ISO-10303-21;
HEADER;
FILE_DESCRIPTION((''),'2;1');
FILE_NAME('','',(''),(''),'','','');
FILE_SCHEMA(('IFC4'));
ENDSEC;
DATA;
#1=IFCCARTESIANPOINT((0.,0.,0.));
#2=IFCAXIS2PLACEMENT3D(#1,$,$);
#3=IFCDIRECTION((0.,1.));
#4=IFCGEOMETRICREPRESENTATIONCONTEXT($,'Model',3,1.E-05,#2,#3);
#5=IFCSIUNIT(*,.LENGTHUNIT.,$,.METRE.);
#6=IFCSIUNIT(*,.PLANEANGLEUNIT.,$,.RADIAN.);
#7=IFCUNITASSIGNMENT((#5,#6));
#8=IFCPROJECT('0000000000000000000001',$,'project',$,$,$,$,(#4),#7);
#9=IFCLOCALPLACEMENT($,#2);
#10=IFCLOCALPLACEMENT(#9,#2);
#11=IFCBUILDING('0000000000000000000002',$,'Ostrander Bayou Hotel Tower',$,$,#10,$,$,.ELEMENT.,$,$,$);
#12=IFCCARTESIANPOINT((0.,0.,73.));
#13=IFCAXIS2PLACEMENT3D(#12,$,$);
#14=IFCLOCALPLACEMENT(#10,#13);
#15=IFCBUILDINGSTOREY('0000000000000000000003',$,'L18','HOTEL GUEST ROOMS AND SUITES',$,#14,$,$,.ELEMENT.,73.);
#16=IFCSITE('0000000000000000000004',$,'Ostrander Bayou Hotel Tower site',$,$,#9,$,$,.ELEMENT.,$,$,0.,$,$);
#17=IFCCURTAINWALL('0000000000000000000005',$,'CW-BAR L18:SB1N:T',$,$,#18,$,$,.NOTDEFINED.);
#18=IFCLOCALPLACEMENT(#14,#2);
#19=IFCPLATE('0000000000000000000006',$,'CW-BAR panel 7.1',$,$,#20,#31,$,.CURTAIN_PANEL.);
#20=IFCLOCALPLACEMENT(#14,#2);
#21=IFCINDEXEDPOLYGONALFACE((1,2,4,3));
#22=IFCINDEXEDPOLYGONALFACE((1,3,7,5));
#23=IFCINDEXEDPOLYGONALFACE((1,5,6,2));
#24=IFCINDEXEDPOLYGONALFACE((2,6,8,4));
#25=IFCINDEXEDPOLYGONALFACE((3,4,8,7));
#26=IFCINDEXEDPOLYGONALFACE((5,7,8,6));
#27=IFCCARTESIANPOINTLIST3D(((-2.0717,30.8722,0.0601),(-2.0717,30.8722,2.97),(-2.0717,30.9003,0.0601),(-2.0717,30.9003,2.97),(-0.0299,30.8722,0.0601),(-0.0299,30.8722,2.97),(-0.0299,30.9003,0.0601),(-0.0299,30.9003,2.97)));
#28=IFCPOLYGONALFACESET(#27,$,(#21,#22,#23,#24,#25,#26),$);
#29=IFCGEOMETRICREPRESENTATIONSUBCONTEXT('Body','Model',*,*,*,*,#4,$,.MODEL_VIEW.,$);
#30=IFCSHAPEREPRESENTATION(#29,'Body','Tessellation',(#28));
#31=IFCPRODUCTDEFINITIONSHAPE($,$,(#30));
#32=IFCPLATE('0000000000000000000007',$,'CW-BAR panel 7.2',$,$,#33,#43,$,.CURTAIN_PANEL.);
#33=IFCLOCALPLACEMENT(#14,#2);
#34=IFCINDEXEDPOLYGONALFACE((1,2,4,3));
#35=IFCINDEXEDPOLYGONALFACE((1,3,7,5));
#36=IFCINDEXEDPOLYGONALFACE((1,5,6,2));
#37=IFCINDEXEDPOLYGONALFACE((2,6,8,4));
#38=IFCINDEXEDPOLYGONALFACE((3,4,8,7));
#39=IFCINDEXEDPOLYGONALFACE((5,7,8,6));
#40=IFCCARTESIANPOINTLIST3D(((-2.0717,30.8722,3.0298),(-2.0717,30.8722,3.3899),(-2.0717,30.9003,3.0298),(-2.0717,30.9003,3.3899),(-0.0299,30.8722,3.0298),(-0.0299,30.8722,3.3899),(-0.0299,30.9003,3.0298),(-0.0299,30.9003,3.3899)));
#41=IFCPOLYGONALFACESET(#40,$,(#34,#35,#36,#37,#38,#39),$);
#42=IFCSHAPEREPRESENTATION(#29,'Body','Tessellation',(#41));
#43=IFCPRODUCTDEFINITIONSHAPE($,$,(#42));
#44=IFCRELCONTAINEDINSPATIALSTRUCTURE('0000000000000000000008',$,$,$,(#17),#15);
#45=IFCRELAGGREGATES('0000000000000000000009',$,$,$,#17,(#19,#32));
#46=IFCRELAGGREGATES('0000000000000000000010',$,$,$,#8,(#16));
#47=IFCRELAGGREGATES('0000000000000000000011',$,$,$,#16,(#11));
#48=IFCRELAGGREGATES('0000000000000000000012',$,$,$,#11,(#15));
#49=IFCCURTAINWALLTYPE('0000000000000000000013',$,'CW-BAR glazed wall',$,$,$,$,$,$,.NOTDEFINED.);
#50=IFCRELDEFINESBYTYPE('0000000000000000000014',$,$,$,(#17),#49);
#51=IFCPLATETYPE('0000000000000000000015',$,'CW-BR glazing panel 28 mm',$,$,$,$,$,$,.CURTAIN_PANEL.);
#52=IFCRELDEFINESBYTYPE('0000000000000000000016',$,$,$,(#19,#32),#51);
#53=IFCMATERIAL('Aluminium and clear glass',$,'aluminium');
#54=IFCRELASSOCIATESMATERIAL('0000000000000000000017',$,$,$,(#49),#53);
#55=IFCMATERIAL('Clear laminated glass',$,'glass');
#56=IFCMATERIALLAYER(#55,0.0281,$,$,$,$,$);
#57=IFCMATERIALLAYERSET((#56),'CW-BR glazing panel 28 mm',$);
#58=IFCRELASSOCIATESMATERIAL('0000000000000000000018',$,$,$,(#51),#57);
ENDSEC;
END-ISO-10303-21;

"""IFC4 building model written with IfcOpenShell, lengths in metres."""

from ifc_helpers import new_model, si_unit, direction, frame, origin, origin_2d, place, context, subcontext, project, spatial, rectangle, extrude, material, layer, layer_set, type_object, element, aggregate, save


model = new_model("IFC4")

# Units and contexts
model_context = context("Model", 3, precision=1e-05, world=origin(), true_north=direction((0.0, 1.0)))
body_context = subcontext(model_context, "Body", "Model", "MODEL_VIEW")
ifc_project = project(units=[si_unit("LENGTHUNIT", "METRE"), si_unit("PLANEANGLEUNIT", "RADIAN")], contexts=[model_context])

# Site, building, storey
site_placement = place(None, origin())
site = spatial("IfcSite", under=ifc_project, at=site_placement, Name="Ostrander Bayou Hotel Tower site", CompositionType="ELEMENT", RefElevation=0.0)
building_placement = place(site_placement, origin())
building = spatial("IfcBuilding", under=site, at=building_placement, Name="Ostrander Bayou Hotel Tower", CompositionType="ELEMENT")
storey_placement = place(building_placement, frame((0.0, 0.0, 73.0)))
storey = spatial("IfcBuildingStorey", under=building, at=storey_placement, Name="L18", Description="HOTEL GUEST ROOMS AND SUITES", CompositionType="ELEMENT", Elevation=73.0)

# Curtain wall, plates
ifc_material_1 = material(Name="Aluminium and clear glass", Category="aluminium")
curtain_wall_type = type_object("IfcCurtainWallType", Name="CW-BAR glazed wall", PredefinedType="NOTDEFINED", material=ifc_material_1)
curtain_wall_placement = place(storey_placement, origin())
curtain_wall = element("IfcCurtainWall", 1, at=curtain_wall_placement, inside=storey, type_object=curtain_wall_type, Name="CW-BAR L18:SB1N:T", PredefinedType="NOTDEFINED")
ifc_material_2 = material(Name="Clear laminated glass", Category="glass")
ifc_layer = layer(ifc_material_2, 0.0281)
ifc_layer_set = layer_set([ifc_layer], Name="CW-BR glazing panel 28 mm")
plate_type = type_object("IfcPlateType", Name="CW-BR glazing panel 28 mm", PredefinedType="CURTAIN_PANEL", material=ifc_layer_set)
plate_1_placement = place(storey_placement, frame((-1.0508, 30.8862, 0.0601), z_axis=(0.0, 0.0, 1.0), x_axis=(1.0, 0.0, 0.0)))
plate_1 = element("IfcPlate", 2, at=plate_1_placement, type_object=plate_type, Name="CW-BAR panel 7.1", PredefinedType="CURTAIN_PANEL", context=body_context, shape_type="SweptSolid", body=[
    extrude(rectangle(XDim=2.0417, YDim=0.0281, at=origin_2d()), origin(), (0.0, 0.0, 1.0), 2.9099),
])
plate_2_placement = place(storey_placement, frame((-1.0508, 30.8862, 3.0298), z_axis=(0.0, 0.0, 1.0), x_axis=(1.0, 0.0, 0.0)))
plate_2 = element("IfcPlate", 3, at=plate_2_placement, type_object=plate_type, Name="CW-BAR panel 7.2", PredefinedType="CURTAIN_PANEL", context=body_context, shape_type="SweptSolid", body=[
    extrude(rectangle(XDim=2.0417, YDim=0.0281, at=origin_2d()), origin(), (0.0, 0.0, 1.0), 0.3601),
])
aggregate(curtain_wall, [plate_1, plate_2])

save(model, "model.ifc")
